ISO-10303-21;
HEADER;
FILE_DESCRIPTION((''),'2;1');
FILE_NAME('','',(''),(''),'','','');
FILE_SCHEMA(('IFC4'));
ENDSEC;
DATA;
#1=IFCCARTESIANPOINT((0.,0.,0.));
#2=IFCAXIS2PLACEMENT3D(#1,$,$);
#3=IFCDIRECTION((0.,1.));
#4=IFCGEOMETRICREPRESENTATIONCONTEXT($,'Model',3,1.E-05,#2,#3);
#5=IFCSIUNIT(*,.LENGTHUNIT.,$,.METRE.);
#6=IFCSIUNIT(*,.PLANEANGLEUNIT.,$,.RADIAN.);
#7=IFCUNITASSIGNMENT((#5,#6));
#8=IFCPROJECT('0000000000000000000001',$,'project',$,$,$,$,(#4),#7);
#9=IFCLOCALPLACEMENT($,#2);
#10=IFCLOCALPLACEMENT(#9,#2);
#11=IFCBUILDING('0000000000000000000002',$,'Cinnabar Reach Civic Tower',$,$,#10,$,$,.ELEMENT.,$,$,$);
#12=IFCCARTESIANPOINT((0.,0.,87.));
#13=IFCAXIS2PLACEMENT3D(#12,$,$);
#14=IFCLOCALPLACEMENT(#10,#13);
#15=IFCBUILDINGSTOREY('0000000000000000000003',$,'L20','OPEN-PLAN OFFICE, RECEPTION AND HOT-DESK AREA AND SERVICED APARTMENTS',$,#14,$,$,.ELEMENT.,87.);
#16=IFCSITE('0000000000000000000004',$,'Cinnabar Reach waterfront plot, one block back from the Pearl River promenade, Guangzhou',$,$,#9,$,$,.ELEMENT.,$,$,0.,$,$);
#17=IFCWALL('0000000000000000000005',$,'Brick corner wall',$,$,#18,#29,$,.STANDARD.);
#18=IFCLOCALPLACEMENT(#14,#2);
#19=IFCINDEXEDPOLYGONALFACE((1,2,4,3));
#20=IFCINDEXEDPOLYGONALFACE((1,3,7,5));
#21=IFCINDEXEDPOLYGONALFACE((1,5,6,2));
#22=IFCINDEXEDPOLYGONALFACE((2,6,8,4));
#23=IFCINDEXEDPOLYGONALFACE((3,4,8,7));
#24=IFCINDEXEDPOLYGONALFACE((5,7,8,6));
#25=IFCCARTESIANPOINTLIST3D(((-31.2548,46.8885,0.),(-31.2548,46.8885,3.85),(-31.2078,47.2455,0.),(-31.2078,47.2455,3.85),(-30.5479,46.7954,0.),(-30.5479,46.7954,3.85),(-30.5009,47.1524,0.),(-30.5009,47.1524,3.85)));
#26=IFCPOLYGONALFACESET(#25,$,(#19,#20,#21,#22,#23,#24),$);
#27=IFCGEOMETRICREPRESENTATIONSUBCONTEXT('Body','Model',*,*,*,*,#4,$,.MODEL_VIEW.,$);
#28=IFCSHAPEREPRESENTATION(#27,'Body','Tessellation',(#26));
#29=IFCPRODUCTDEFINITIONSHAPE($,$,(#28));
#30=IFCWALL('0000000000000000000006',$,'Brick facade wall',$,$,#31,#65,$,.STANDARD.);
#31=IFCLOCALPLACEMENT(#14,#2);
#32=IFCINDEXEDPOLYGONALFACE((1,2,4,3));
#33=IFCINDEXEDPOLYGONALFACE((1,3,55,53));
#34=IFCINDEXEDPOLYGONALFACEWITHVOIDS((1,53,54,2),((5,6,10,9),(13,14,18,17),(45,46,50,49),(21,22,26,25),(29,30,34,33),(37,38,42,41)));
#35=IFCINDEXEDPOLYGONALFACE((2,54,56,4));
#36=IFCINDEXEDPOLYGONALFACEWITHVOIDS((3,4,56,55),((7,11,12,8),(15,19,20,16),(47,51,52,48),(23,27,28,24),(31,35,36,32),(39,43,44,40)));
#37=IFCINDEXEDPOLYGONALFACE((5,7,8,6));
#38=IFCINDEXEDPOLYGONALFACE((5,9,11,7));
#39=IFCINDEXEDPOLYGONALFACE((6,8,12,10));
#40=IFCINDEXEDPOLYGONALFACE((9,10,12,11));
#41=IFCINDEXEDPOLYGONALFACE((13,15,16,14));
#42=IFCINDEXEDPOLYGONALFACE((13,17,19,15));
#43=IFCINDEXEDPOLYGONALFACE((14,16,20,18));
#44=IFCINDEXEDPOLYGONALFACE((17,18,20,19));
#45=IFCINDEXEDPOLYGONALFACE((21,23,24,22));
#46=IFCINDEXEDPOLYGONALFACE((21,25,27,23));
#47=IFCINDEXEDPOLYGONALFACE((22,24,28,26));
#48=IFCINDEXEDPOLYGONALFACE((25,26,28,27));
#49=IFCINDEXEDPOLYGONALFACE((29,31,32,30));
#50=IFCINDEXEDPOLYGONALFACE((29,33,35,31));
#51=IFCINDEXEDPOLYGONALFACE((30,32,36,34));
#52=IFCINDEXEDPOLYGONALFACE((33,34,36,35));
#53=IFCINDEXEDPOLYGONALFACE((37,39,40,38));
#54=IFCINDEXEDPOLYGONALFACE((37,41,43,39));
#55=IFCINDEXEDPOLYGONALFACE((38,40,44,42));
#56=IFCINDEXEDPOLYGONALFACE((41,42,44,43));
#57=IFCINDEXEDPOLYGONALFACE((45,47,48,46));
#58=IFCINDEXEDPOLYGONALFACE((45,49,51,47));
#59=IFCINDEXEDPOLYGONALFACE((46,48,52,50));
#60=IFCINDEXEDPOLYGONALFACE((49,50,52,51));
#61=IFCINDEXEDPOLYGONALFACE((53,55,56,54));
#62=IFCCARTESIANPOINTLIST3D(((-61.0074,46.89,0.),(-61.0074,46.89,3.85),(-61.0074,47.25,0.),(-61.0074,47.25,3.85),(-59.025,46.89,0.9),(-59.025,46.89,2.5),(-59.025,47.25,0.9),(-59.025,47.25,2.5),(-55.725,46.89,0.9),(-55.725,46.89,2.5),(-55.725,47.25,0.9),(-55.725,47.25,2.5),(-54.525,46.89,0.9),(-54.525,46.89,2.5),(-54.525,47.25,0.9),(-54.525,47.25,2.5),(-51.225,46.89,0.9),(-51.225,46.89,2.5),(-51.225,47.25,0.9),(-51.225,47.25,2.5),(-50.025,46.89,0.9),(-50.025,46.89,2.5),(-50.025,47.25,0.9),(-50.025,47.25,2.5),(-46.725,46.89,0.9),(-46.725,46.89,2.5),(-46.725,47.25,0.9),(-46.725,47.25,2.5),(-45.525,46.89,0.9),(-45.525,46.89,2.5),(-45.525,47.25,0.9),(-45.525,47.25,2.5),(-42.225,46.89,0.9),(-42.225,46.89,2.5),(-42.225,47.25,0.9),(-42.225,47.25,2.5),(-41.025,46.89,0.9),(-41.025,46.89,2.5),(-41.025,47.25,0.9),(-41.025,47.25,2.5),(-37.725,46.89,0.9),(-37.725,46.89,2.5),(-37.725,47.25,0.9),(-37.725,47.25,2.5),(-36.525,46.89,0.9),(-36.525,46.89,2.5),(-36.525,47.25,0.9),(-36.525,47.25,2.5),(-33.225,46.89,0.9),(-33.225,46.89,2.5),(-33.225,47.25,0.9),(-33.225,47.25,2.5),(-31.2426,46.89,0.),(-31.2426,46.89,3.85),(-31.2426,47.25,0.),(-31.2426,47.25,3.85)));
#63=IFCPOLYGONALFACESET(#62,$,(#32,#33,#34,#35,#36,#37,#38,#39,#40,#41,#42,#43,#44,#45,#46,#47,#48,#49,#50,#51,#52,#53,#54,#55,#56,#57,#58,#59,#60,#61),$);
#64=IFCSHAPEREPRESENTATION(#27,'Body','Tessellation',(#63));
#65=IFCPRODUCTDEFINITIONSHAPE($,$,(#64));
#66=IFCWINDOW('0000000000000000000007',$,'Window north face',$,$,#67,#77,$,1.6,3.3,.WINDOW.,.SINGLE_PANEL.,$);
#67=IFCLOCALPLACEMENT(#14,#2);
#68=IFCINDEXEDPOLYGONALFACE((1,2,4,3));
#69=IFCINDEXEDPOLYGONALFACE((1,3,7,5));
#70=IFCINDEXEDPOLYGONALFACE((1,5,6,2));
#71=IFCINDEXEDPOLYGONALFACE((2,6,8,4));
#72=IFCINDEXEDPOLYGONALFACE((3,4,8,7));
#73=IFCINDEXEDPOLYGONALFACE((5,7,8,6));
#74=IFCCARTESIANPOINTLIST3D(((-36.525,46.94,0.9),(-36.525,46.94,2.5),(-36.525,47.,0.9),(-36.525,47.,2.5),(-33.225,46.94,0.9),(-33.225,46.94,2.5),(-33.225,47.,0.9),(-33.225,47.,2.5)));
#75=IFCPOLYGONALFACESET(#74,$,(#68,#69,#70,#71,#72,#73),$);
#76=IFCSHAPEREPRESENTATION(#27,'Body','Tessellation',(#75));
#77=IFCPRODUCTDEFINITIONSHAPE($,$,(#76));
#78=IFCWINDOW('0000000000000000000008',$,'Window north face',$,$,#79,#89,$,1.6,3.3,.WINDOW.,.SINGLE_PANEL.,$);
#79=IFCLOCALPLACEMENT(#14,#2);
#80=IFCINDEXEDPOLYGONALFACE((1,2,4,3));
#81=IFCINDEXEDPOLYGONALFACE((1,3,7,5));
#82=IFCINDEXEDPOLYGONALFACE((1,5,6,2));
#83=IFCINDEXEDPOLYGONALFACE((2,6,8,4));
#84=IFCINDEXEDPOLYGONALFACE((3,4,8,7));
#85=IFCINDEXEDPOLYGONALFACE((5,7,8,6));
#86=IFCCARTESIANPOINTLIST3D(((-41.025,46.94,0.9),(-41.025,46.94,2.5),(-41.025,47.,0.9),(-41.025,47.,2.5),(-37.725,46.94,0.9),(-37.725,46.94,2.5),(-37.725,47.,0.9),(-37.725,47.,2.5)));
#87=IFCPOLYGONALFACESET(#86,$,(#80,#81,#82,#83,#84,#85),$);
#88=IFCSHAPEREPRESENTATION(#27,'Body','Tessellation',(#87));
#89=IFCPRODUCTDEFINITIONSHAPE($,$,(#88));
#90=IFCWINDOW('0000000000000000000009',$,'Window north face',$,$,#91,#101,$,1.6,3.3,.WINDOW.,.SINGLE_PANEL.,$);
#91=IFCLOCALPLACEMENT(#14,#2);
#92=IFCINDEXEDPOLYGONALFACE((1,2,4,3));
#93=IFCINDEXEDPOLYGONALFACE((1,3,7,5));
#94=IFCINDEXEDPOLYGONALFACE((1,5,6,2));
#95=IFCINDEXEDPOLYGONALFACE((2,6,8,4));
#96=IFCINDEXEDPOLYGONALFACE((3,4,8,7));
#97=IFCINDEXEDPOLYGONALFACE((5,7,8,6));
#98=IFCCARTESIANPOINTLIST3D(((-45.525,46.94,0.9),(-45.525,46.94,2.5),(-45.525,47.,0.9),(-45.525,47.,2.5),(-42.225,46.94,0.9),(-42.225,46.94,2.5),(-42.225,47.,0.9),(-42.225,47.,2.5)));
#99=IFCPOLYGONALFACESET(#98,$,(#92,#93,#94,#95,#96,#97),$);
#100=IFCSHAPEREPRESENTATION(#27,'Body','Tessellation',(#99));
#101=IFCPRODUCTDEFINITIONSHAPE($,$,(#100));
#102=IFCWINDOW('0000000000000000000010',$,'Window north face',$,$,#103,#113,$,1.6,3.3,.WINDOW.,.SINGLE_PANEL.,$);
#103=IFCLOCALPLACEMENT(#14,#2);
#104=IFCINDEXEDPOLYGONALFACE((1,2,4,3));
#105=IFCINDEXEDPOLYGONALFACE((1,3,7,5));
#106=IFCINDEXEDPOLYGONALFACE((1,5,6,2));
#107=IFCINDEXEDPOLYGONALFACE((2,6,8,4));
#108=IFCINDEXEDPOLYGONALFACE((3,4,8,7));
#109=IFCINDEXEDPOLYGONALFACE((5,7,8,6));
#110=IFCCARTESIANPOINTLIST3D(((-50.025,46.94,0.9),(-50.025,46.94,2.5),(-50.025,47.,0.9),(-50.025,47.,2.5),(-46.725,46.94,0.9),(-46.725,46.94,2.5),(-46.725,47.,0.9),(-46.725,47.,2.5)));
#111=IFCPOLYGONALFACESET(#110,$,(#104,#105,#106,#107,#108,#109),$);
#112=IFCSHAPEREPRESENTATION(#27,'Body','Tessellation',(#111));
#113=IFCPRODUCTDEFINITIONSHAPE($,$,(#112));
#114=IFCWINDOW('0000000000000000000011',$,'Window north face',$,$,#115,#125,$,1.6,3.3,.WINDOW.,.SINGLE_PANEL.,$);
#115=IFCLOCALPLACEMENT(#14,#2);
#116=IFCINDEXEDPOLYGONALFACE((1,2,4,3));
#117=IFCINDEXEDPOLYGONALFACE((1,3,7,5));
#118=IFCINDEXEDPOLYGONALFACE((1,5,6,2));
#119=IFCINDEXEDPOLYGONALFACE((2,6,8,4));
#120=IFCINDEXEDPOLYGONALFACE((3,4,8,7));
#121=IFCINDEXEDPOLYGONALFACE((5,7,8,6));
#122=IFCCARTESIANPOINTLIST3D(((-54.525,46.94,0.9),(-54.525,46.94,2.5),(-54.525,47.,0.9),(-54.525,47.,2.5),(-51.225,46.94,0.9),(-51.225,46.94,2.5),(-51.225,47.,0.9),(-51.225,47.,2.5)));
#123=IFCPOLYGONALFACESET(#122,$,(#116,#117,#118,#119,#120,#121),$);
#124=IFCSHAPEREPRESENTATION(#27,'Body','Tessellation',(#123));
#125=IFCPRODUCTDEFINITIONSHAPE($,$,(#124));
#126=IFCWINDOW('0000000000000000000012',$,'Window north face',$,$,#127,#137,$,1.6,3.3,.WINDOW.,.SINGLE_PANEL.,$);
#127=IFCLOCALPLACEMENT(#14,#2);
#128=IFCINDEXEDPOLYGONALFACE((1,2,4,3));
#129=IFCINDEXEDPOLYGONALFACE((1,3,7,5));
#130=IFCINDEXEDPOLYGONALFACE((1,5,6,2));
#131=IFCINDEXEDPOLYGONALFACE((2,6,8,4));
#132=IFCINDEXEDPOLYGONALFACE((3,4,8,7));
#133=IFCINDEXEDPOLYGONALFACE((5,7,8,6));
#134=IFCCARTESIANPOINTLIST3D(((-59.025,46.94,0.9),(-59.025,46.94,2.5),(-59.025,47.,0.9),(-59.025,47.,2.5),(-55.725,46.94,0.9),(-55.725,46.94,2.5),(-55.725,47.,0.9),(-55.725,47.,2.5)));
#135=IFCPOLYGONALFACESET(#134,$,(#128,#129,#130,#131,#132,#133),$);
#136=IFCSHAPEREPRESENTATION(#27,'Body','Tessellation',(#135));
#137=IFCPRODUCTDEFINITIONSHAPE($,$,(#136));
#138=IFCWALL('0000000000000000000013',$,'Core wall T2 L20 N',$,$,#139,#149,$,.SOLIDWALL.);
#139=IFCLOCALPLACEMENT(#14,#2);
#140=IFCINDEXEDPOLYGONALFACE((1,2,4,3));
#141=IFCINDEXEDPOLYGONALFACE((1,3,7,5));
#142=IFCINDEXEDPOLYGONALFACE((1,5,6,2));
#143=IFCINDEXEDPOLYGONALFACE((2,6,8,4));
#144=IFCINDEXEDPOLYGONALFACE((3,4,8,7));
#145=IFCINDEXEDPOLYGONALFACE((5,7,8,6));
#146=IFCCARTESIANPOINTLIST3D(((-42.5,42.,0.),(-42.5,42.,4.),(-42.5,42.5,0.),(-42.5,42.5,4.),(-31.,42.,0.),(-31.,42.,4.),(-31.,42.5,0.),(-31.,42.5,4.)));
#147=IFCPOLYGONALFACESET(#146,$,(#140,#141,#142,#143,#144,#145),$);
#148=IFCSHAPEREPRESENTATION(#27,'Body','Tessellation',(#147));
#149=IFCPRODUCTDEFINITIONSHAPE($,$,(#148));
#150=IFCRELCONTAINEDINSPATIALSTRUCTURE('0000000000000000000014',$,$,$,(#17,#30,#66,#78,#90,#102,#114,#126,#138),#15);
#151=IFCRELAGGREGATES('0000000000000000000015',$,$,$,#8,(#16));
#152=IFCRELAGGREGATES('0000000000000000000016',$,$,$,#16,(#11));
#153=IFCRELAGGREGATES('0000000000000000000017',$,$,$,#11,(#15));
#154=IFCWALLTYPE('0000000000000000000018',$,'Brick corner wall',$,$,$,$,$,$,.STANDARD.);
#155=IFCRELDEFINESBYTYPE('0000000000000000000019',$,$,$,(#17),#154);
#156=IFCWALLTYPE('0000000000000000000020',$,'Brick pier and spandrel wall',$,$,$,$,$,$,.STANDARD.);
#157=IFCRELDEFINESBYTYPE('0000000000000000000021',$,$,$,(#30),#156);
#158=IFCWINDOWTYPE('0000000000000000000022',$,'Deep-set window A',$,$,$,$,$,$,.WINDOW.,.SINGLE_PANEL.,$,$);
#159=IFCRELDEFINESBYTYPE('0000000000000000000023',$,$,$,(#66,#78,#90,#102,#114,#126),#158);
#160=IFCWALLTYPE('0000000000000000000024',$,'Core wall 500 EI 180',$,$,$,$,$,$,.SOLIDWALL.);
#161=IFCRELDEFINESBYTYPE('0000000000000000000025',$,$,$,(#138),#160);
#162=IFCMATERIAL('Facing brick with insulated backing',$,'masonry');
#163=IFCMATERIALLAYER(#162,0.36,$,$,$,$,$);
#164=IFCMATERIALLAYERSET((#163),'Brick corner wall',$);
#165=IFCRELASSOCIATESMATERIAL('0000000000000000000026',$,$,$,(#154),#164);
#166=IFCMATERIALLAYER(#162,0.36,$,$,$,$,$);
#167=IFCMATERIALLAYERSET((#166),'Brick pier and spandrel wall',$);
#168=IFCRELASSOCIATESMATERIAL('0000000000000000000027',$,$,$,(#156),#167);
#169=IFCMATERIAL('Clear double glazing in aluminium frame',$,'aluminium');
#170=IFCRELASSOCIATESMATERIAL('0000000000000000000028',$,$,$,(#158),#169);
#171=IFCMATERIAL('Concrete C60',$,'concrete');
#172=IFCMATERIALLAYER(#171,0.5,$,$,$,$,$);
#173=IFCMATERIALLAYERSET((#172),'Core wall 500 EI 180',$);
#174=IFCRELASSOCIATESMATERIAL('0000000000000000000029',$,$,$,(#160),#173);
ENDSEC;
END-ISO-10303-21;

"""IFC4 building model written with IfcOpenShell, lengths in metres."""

from ifc_helpers import new_model, si_unit, direction, frame, frame_2d, origin, place, context, subcontext, project, spatial, rectangle, extrude, material, layer, layer_set, type_object, element, fill, save


model = new_model("IFC4")

# Units and contexts
model_context = context("Model", 3, precision=1e-05, world=origin(), true_north=direction((0.0, 1.0)))
body_context = subcontext(model_context, "Body", "Model", "MODEL_VIEW")
ifc_project = project(units=[si_unit("LENGTHUNIT", "METRE"), si_unit("PLANEANGLEUNIT", "RADIAN")], contexts=[model_context])

# Site, building, storey
site_placement = place(None, origin())
site = spatial("IfcSite", under=ifc_project, at=site_placement, Name="Cinnabar Reach waterfront plot, one block back from the Pearl River promenade, Guangzhou", CompositionType="ELEMENT", RefElevation=0.0)
building_placement = place(site_placement, origin())
building = spatial("IfcBuilding", under=site, at=building_placement, Name="Cinnabar Reach Civic Tower", CompositionType="ELEMENT")
storey_placement = place(building_placement, frame((0.0, 0.0, 87.0)))
storey = spatial("IfcBuildingStorey", under=building, at=storey_placement, Name="L20", Description="OPEN-PLAN OFFICE, RECEPTION AND HOT-DESK AREA AND SERVICED APARTMENTS", CompositionType="ELEMENT", Elevation=87.0)

# Shared definitions
ifc_material_1 = material(Name="Concrete C60", Category="concrete")

# Wall
ifc_material_2 = material(Name="Facing brick with insulated backing", Category="masonry")
ifc_layer_1 = layer(ifc_material_2, 0.36)
ifc_layer_set_1 = layer_set([ifc_layer_1], Name="Brick corner wall")
wall_type_1 = type_object("IfcWallType", Name="Brick corner wall", PredefinedType="STANDARD", material=ifc_layer_set_1)
for number, where, z_axis, x_axis, name in (
    (1, (-30.5244, 46.9739, 0.0), (0.0, 0.0, 1.0), (-0.991441, 0.130556, 0.0), "Brick corner wall"),
):
    element("IfcWall", number, at=place(storey_placement, frame(where, z_axis=z_axis, x_axis=x_axis)), inside=storey, type_object=wall_type_1, Name=name, PredefinedType="STANDARD", context=body_context, shape_type="SweptSolid", body=[
        extrude(rectangle(XDim=0.7131, YDim=0.36, at=frame_2d((0.3565, 0.0))), origin(), (0.0, 0.0, 1.0), 3.85),
    ])

# Wall, openings, windows
ifc_layer_2 = layer(ifc_material_2, 0.36)
ifc_layer_set_2 = layer_set([ifc_layer_2], Name="Brick pier and spandrel wall")
wall_type_2 = type_object("IfcWallType", Name="Brick pier and spandrel wall", PredefinedType="STANDARD", material=ifc_layer_set_2)
wall_1_placement = place(storey_placement, frame((-31.2426, 47.07, 0.0), z_axis=(0.0, 0.0, 1.0), x_axis=(-1.0, 0.0, 0.0)))
wall_1 = element("IfcWall", 2, at=wall_1_placement, inside=storey, type_object=wall_type_2, Name="Brick facade wall", PredefinedType="STANDARD", context=body_context, shape_type="SweptSolid", body=[
    extrude(rectangle(XDim=29.7648, YDim=0.36, at=frame_2d((14.8824, 0.0))), origin(), (0.0, 0.0, 1.0), 3.85),
])
opening_1_placement = place(wall_1_placement, frame((1.9824, 0.0, 0.9)))
opening_1 = element("IfcOpeningElement", 3, at=opening_1_placement, cuts=wall_1, PredefinedType="OPENING", context=body_context, shape_type="SweptSolid", body=[
    extrude(rectangle(XDim=3.3, YDim=1.6, at=frame_2d((1.65, 0.8))), frame((0.0, 0.19, 0.0), z_axis=(0.0, -1.0, 0.0), x_axis=(1.0, 0.0, 0.0)), (0.0, 0.0, 1.0), 0.38),
])
opening_2_placement = place(wall_1_placement, frame((6.4824, 0.0, 0.9)))
opening_2 = element("IfcOpeningElement", 4, at=opening_2_placement, cuts=wall_1, PredefinedType="OPENING", context=body_context, shape_type="SweptSolid", body=[
    extrude(rectangle(XDim=3.3, YDim=1.6, at=frame_2d((1.65, 0.8))), frame((0.0, 0.19, 0.0), z_axis=(0.0, -1.0, 0.0), x_axis=(1.0, 0.0, 0.0)), (0.0, 0.0, 1.0), 0.38),
])
opening_3_placement = place(wall_1_placement, frame((10.9824, 0.0, 0.9)))
opening_3 = element("IfcOpeningElement", 5, at=opening_3_placement, cuts=wall_1, PredefinedType="OPENING", context=body_context, shape_type="SweptSolid", body=[
    extrude(rectangle(XDim=3.3, YDim=1.6, at=frame_2d((1.65, 0.8))), frame((0.0, 0.19, 0.0), z_axis=(0.0, -1.0, 0.0), x_axis=(1.0, 0.0, 0.0)), (0.0, 0.0, 1.0), 0.38),
])
opening_4_placement = place(wall_1_placement, frame((15.4824, 0.0, 0.9)))
opening_4 = element("IfcOpeningElement", 6, at=opening_4_placement, cuts=wall_1, PredefinedType="OPENING", context=body_context, shape_type="SweptSolid", body=[
    extrude(rectangle(XDim=3.3, YDim=1.6, at=frame_2d((1.65, 0.8))), frame((0.0, 0.19, 0.0), z_axis=(0.0, -1.0, 0.0), x_axis=(1.0, 0.0, 0.0)), (0.0, 0.0, 1.0), 0.38),
])
opening_5_placement = place(wall_1_placement, frame((19.9824, 0.0, 0.9)))
opening_5 = element("IfcOpeningElement", 7, at=opening_5_placement, cuts=wall_1, PredefinedType="OPENING", context=body_context, shape_type="SweptSolid", body=[
    extrude(rectangle(XDim=3.3, YDim=1.6, at=frame_2d((1.65, 0.8))), frame((0.0, 0.19, 0.0), z_axis=(0.0, -1.0, 0.0), x_axis=(1.0, 0.0, 0.0)), (0.0, 0.0, 1.0), 0.38),
])
opening_6_placement = place(wall_1_placement, frame((24.4824, 0.0, 0.9)))
opening_6 = element("IfcOpeningElement", 8, at=opening_6_placement, cuts=wall_1, PredefinedType="OPENING", context=body_context, shape_type="SweptSolid", body=[
    extrude(rectangle(XDim=3.3, YDim=1.6, at=frame_2d((1.65, 0.8))), frame((0.0, 0.19, 0.0), z_axis=(0.0, -1.0, 0.0), x_axis=(1.0, 0.0, 0.0)), (0.0, 0.0, 1.0), 0.38),
])
ifc_material_3 = material(Name="Clear double glazing in aluminium frame", Category="aluminium")
window_type = type_object("IfcWindowType", Name="Deep-set window A", PartitioningType="SINGLE_PANEL", PredefinedType="WINDOW", material=ifc_material_3)
window_1_placement = place(opening_1_placement, origin())
window_1 = element("IfcWindow", 9, at=window_1_placement, inside=storey, type_object=window_type, Name="Window north face", OverallHeight=1.6, OverallWidth=3.3, PartitioningType="SINGLE_PANEL", PredefinedType="WINDOW", context=body_context, shape_type="SweptSolid", body=[
    extrude(rectangle(XDim=3.3, YDim=1.6, at=frame_2d((1.65, 0.8))), frame((0.0, 0.13, 0.0), z_axis=(0.0, -1.0, 0.0), x_axis=(1.0, 0.0, 0.0)), (0.0, 0.0, 1.0), 0.06),
])
fill(opening_1, window_1)
window_2_placement = place(opening_2_placement, origin())
window_2 = element("IfcWindow", 10, at=window_2_placement, inside=storey, type_object=window_type, Name="Window north face", OverallHeight=1.6, OverallWidth=3.3, PartitioningType="SINGLE_PANEL", PredefinedType="WINDOW", context=body_context, shape_type="SweptSolid", body=[
    extrude(rectangle(XDim=3.3, YDim=1.6, at=frame_2d((1.65, 0.8))), frame((0.0, 0.13, 0.0), z_axis=(0.0, -1.0, 0.0), x_axis=(1.0, 0.0, 0.0)), (0.0, 0.0, 1.0), 0.06),
])
fill(opening_2, window_2)
window_3_placement = place(opening_3_placement, origin())
window_3 = element("IfcWindow", 11, at=window_3_placement, inside=storey, type_object=window_type, Name="Window north face", OverallHeight=1.6, OverallWidth=3.3, PartitioningType="SINGLE_PANEL", PredefinedType="WINDOW", context=body_context, shape_type="SweptSolid", body=[
    extrude(rectangle(XDim=3.3, YDim=1.6, at=frame_2d((1.65, 0.8))), frame((0.0, 0.13, 0.0), z_axis=(0.0, -1.0, 0.0), x_axis=(1.0, 0.0, 0.0)), (0.0, 0.0, 1.0), 0.06),
])
fill(opening_3, window_3)
window_4_placement = place(opening_4_placement, origin())
window_4 = element("IfcWindow", 12, at=window_4_placement, inside=storey, type_object=window_type, Name="Window north face", OverallHeight=1.6, OverallWidth=3.3, PartitioningType="SINGLE_PANEL", PredefinedType="WINDOW", context=body_context, shape_type="SweptSolid", body=[
    extrude(rectangle(XDim=3.3, YDim=1.6, at=frame_2d((1.65, 0.8))), frame((0.0, 0.13, 0.0), z_axis=(0.0, -1.0, 0.0), x_axis=(1.0, 0.0, 0.0)), (0.0, 0.0, 1.0), 0.06),
])
fill(opening_4, window_4)
window_5_placement = place(opening_5_placement, origin())
window_5 = element("IfcWindow", 13, at=window_5_placement, inside=storey, type_object=window_type, Name="Window north face", OverallHeight=1.6, OverallWidth=3.3, PartitioningType="SINGLE_PANEL", PredefinedType="WINDOW", context=body_context, shape_type="SweptSolid", body=[
    extrude(rectangle(XDim=3.3, YDim=1.6, at=frame_2d((1.65, 0.8))), frame((0.0, 0.13, 0.0), z_axis=(0.0, -1.0, 0.0), x_axis=(1.0, 0.0, 0.0)), (0.0, 0.0, 1.0), 0.06),
])
fill(opening_5, window_5)
window_6_placement = place(opening_6_placement, origin())
window_6 = element("IfcWindow", 14, at=window_6_placement, inside=storey, type_object=window_type, Name="Window north face", OverallHeight=1.6, OverallWidth=3.3, PartitioningType="SINGLE_PANEL", PredefinedType="WINDOW", context=body_context, shape_type="SweptSolid", body=[
    extrude(rectangle(XDim=3.3, YDim=1.6, at=frame_2d((1.65, 0.8))), frame((0.0, 0.13, 0.0), z_axis=(0.0, -1.0, 0.0), x_axis=(1.0, 0.0, 0.0)), (0.0, 0.0, 1.0), 0.06),
])
fill(opening_6, window_6)

# Wall
ifc_layer_3 = layer(ifc_material_1, 0.5)
ifc_layer_set_3 = layer_set([ifc_layer_3], Name="Core wall 500 EI 180")
wall_type_3 = type_object("IfcWallType", Name="Core wall 500 EI 180", PredefinedType="SOLIDWALL", material=ifc_layer_set_3)
wall_2_placement = place(storey_placement, frame((-31.0, 42.25, 0.0), z_axis=(0.0, 0.0, 1.0), x_axis=(-1.0, 0.0, 0.0)))
element("IfcWall", 15, at=wall_2_placement, inside=storey, type_object=wall_type_3, Name="Core wall T2 L20 N", PredefinedType="SOLIDWALL", context=body_context, shape_type="SweptSolid", body=[
    extrude(rectangle(XDim=11.5, YDim=0.5, at=frame_2d((5.75, 0.0))), origin(), (0.0, 0.0, 1.0), 4.0),
])

save(model, "model.ifc")
